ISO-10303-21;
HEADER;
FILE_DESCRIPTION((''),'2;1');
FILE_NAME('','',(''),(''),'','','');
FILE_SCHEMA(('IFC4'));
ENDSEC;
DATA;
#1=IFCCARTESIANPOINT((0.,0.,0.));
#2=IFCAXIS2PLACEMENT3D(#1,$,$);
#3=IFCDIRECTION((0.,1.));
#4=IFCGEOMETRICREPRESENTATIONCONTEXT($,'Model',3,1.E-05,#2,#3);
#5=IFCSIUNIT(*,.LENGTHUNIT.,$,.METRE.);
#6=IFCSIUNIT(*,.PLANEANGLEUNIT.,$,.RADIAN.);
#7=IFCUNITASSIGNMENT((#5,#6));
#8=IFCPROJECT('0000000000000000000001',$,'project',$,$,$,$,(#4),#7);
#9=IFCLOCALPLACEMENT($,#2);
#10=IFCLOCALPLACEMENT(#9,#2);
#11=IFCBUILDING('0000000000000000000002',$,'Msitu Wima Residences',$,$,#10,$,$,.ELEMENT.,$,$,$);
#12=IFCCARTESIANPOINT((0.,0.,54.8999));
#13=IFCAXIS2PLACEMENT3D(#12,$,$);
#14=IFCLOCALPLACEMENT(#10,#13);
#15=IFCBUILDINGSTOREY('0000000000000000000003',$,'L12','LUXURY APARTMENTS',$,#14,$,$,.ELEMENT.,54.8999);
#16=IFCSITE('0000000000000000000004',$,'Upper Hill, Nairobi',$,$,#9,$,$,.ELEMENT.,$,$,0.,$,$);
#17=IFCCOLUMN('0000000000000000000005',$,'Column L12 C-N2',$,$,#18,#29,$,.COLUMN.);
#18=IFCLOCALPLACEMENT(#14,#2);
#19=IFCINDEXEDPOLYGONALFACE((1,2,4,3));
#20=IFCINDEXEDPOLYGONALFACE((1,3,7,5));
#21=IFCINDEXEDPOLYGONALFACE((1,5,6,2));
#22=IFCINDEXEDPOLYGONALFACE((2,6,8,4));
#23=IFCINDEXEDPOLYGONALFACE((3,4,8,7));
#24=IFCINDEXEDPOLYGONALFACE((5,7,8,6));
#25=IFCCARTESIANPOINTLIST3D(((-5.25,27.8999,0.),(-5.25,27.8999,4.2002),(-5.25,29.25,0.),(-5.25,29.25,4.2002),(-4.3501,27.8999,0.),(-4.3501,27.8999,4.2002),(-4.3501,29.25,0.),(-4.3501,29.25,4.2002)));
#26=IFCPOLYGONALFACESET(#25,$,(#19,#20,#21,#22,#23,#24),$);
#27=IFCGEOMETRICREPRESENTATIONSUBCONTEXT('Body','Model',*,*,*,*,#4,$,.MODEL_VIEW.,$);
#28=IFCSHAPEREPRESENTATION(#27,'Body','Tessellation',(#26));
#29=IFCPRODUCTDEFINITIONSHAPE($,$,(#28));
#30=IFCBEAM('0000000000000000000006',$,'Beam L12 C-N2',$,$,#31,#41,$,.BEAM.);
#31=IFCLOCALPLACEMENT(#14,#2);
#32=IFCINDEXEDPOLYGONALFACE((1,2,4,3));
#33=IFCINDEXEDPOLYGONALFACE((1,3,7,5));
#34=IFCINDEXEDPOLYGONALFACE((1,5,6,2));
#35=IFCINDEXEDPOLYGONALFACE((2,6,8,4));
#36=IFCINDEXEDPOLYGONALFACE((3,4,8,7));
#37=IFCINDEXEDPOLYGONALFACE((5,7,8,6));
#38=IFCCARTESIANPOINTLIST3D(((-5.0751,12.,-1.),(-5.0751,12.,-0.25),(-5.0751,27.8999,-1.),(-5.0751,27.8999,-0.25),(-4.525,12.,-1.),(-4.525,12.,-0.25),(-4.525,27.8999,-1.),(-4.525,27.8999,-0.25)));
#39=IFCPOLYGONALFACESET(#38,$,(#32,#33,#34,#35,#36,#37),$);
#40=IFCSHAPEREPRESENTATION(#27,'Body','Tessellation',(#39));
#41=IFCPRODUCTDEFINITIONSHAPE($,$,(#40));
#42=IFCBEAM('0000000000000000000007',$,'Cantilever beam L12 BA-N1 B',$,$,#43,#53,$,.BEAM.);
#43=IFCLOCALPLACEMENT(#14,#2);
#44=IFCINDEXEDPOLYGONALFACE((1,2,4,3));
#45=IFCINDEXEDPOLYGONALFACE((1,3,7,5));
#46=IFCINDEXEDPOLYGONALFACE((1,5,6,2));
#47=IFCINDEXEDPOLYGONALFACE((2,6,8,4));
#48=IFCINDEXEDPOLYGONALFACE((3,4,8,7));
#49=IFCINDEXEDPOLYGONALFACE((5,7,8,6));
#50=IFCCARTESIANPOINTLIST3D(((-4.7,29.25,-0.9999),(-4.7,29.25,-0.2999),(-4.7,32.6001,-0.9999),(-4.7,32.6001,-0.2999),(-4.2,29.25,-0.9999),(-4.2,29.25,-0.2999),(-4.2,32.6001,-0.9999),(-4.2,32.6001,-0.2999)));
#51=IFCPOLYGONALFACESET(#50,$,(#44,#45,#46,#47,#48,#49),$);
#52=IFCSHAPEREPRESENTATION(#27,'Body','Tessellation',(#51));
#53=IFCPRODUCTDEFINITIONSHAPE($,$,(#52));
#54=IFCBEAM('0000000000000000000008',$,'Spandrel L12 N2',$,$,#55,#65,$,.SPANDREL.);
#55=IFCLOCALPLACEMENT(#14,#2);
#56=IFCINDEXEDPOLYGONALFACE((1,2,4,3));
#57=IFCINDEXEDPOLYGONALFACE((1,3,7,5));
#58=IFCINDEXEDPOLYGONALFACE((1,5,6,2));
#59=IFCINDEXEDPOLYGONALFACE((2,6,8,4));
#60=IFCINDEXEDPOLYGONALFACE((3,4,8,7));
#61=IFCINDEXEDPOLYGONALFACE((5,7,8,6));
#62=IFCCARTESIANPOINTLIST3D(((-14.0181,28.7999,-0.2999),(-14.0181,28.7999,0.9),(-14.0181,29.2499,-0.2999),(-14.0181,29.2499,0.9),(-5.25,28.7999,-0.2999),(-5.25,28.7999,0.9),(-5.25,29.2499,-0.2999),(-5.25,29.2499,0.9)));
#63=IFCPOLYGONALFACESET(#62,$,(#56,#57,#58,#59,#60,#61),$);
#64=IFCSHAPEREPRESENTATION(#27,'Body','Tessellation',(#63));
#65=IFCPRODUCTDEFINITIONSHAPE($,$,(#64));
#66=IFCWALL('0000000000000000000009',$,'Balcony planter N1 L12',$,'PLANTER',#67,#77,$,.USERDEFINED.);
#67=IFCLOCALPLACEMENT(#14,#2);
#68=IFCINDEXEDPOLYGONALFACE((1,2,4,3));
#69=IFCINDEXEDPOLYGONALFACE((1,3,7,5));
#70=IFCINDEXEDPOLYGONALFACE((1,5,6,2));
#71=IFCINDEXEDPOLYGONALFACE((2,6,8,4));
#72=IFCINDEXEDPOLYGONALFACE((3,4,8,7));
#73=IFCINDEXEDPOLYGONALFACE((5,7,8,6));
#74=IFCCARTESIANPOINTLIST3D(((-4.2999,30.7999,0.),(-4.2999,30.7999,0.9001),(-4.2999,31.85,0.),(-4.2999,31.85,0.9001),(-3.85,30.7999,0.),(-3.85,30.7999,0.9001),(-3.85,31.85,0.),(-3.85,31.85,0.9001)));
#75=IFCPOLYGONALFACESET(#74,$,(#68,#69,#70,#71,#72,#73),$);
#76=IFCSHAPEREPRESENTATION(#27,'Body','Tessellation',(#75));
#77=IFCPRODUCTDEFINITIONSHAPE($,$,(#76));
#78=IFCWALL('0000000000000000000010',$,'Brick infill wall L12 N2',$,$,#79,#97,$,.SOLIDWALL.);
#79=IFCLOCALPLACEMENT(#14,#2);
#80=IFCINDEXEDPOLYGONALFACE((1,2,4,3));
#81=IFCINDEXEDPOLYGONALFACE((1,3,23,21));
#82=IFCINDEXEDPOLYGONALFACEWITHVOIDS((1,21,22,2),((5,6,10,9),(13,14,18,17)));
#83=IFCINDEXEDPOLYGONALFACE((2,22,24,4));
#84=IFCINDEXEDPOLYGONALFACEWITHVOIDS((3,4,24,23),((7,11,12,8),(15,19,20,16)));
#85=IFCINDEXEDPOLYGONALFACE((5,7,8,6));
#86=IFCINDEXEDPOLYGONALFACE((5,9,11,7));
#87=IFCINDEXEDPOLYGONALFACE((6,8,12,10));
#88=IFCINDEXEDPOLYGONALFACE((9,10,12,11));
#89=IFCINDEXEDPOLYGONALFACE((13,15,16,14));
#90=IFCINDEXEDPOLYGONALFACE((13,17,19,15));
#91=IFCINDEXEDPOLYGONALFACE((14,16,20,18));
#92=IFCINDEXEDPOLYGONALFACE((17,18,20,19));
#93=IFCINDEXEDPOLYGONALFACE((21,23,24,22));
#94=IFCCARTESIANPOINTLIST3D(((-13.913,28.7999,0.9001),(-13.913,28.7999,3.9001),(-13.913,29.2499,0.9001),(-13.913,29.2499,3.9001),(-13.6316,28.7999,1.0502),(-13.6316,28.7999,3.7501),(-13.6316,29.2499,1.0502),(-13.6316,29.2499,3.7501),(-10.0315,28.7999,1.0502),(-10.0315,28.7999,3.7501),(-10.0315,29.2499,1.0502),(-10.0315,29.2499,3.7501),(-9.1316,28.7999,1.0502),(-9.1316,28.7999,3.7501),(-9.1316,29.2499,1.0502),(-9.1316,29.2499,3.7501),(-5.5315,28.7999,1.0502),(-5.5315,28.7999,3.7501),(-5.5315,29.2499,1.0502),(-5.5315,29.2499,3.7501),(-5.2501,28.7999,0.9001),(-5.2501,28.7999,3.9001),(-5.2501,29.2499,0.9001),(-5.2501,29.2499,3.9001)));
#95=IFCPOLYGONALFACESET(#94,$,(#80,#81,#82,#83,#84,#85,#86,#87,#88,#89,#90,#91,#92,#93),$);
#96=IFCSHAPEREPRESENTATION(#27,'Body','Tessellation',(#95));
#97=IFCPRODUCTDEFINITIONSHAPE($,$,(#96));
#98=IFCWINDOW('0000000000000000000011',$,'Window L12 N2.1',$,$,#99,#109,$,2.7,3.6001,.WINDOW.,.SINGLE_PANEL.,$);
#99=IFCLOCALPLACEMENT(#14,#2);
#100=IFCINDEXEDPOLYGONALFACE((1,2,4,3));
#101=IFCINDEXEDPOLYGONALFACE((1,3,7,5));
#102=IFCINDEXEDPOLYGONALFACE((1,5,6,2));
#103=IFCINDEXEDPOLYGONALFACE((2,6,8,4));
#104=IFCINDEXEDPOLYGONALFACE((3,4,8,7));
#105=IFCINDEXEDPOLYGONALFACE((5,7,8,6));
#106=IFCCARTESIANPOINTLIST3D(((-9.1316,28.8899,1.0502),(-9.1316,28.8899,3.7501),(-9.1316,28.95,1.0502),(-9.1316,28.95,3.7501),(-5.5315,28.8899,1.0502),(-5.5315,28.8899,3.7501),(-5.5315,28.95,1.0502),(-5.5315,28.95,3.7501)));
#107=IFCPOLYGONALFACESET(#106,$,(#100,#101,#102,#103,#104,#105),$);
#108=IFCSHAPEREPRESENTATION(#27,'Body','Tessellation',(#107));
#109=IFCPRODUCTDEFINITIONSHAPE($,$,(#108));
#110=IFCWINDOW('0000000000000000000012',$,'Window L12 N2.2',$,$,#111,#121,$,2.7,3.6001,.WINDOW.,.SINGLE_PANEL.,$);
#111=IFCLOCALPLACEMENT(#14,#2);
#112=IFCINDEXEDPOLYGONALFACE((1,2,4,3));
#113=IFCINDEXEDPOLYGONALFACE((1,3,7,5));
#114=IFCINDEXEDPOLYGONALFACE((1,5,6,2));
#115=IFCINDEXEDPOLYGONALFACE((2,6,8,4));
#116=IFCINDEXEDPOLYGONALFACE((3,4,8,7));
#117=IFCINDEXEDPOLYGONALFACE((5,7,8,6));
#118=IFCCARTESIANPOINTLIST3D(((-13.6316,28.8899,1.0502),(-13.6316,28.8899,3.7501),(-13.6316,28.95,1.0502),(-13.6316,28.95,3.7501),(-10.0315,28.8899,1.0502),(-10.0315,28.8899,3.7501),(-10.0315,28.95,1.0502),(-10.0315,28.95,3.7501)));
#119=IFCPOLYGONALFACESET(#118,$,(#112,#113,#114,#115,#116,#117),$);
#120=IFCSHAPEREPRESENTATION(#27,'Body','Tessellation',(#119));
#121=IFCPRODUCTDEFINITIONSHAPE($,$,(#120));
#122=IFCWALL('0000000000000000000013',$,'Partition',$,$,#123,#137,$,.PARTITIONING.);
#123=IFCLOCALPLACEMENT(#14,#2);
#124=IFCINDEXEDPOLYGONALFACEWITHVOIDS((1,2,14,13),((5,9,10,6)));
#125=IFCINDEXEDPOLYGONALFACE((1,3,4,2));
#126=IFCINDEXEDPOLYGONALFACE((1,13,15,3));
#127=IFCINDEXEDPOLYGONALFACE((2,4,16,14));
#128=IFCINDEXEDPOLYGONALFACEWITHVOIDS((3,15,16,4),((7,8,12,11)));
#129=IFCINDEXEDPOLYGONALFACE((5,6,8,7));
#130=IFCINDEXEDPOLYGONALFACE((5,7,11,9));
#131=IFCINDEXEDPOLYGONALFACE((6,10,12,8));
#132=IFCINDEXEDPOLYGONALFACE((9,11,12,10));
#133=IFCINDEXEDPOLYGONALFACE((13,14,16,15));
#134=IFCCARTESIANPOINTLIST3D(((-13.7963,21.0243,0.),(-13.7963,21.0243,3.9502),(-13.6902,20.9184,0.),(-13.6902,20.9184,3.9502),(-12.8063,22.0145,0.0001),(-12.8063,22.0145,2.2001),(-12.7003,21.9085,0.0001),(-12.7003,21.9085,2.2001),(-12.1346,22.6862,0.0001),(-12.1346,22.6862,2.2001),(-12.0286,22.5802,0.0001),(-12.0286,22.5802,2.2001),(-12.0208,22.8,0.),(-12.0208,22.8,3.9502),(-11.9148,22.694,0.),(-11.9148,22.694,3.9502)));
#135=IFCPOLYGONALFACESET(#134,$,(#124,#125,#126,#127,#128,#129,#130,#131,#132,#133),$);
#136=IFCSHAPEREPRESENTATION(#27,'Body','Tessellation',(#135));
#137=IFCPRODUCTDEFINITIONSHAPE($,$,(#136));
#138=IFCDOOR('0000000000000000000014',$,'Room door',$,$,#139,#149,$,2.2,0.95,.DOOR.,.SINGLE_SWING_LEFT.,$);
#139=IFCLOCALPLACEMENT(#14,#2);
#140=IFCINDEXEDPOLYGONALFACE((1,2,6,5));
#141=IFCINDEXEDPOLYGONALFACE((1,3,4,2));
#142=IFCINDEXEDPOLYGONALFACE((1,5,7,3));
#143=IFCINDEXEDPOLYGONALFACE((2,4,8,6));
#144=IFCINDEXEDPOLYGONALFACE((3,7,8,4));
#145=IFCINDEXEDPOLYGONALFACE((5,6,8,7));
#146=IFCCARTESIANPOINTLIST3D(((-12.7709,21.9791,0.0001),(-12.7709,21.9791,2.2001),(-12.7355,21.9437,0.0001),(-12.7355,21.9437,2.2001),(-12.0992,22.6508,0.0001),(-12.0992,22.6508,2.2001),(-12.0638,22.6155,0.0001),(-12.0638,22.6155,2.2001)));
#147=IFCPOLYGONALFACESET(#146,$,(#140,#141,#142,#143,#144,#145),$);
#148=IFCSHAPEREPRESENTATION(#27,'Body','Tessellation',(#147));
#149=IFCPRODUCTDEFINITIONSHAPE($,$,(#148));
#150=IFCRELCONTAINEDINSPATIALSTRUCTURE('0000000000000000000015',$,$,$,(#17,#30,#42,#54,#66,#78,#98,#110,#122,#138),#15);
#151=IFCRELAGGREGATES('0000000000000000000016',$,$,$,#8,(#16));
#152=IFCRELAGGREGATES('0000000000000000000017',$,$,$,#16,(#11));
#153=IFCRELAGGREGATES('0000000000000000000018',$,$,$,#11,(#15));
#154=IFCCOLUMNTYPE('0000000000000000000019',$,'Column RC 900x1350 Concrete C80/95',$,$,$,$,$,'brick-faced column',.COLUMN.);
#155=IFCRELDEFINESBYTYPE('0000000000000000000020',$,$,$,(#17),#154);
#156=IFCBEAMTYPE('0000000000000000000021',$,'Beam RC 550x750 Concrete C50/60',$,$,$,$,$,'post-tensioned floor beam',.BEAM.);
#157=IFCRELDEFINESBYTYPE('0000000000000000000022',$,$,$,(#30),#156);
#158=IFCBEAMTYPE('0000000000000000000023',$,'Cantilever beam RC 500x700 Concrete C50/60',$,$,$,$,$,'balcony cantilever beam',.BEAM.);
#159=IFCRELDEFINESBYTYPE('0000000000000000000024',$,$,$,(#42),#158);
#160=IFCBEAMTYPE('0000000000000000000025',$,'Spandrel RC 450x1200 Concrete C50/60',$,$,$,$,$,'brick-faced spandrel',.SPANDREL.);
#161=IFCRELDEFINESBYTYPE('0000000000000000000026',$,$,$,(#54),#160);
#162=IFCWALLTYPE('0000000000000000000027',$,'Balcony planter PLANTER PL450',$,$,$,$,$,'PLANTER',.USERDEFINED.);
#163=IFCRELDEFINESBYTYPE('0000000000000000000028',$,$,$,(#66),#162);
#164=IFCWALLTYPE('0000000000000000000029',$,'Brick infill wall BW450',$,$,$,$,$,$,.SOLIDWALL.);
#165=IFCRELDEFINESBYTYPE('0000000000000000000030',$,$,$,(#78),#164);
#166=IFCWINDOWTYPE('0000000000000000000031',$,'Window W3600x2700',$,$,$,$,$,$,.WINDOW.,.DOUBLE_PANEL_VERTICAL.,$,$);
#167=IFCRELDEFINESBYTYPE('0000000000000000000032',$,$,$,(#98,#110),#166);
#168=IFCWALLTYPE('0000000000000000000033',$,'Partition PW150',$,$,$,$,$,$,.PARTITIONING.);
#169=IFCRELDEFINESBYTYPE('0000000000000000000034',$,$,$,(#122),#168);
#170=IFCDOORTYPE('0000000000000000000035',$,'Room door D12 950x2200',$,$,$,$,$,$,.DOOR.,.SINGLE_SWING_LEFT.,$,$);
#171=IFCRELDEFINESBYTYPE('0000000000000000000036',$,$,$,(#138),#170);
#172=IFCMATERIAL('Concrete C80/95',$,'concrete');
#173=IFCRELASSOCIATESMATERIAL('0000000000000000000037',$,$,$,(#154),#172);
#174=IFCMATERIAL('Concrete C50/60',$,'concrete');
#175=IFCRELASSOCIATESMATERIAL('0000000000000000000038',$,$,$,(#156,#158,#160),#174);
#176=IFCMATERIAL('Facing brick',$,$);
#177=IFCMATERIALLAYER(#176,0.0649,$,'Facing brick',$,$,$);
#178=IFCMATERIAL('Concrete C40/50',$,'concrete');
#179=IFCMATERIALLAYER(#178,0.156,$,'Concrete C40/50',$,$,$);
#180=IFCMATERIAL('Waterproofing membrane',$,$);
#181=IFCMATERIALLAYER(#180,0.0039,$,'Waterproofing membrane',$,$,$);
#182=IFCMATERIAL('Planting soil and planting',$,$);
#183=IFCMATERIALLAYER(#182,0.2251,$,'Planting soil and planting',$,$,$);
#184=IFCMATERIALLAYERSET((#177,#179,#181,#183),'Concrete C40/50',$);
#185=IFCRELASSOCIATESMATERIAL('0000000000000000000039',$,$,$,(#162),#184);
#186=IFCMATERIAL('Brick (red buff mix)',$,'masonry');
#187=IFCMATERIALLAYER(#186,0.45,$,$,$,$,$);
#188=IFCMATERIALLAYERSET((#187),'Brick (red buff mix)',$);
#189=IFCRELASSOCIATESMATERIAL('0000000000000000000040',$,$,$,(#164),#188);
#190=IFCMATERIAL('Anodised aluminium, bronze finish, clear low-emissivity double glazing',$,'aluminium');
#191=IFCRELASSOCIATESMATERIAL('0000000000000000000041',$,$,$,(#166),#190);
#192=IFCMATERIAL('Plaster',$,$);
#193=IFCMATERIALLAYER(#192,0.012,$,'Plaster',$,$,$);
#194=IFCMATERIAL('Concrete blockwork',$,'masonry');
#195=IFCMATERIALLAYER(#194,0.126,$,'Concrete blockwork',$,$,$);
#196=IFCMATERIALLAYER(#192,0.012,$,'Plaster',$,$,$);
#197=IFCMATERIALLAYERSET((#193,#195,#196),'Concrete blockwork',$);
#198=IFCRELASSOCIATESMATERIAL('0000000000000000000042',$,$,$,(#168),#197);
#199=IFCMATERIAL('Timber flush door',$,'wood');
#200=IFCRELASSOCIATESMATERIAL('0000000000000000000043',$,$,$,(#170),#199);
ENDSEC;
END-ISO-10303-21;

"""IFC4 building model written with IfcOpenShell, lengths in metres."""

from ifc_helpers import new_model, si_unit, direction, frame, frame_2d, origin, origin_2d, place, context, subcontext, project, spatial, rectangle, extrude, material, layer, layer_set, material_profile, profile_set, type_object, element, fill, save


model = new_model("IFC4")

# Units and contexts
model_context = context("Model", 3, precision=1e-05, world=origin(), true_north=direction((0.0, 1.0)))
body_context = subcontext(model_context, "Body", "Model", "MODEL_VIEW")
ifc_project = project(units=[si_unit("LENGTHUNIT", "METRE"), si_unit("PLANEANGLEUNIT", "RADIAN")], contexts=[model_context])

# Site, building, storey
site_placement = place(None, origin())
site = spatial("IfcSite", under=ifc_project, at=site_placement, Name="Upper Hill, Nairobi", CompositionType="ELEMENT", RefElevation=0.0)
building_placement = place(site_placement, origin())
building = spatial("IfcBuilding", under=site, at=building_placement, Name="Msitu Wima Residences", CompositionType="ELEMENT")
storey_placement = place(building_placement, frame((0.0, 0.0, 54.8999)))
storey = spatial("IfcBuildingStorey", under=building, at=storey_placement, Name="L12", Description="LUXURY APARTMENTS", CompositionType="ELEMENT", Elevation=54.8999)

# Column
ifc_material_1 = material(Name="Concrete C80/95", Category="concrete")
ifc_material_profile_1 = material_profile(ifc_material_1, rectangle(XDim=0.8999, YDim=1.3501, at=origin_2d()), Name="RC 900x1350")
ifc_profile_set_1 = profile_set([ifc_material_profile_1], Name="Concrete C80/95")
column_type = type_object("IfcColumnType", Name="Column RC 900x1350 Concrete C80/95", ElementType="brick-faced column", PredefinedType="COLUMN", material=ifc_profile_set_1)
column_placement = place(storey_placement, frame((-4.8, 28.575, 0.0), z_axis=(0.0, 0.0, 1.0), x_axis=(-1.0, 0.0, 0.0)))
element("IfcColumn", 1, at=column_placement, inside=storey, type_object=column_type, Name="Column L12 C-N2", PredefinedType="COLUMN", context=body_context, shape_type="SweptSolid", body=[
    extrude(rectangle(XDim=0.8999, YDim=1.3501, at=origin_2d()), origin(), (0.0, 0.0, 1.0), 4.2002),
])

# Beams
ifc_material_2 = material(Name="Concrete C50/60", Category="concrete")
ifc_material_profile_2 = material_profile(ifc_material_2, rectangle(XDim=0.55, YDim=0.75, at=origin_2d()), Name="RC 550x750")
ifc_profile_set_2 = profile_set([ifc_material_profile_2], Name="Concrete C50/60")
beam_type_1 = type_object("IfcBeamType", Name="Beam RC 550x750 Concrete C50/60", ElementType="post-tensioned floor beam", PredefinedType="BEAM", material=ifc_profile_set_2)
beam_1_placement = place(storey_placement, frame((-4.8, 27.8999, -0.625), z_axis=(0.0, -1.0, 0.0), x_axis=(1.0, 0.0, 0.0)))
element("IfcBeam", 2, at=beam_1_placement, inside=storey, type_object=beam_type_1, Name="Beam L12 C-N2", PredefinedType="BEAM", context=body_context, shape_type="SweptSolid", body=[
    extrude(rectangle(XDim=0.55, YDim=0.75, at=origin_2d()), origin(), (0.0, 0.0, 1.0), 15.8999),
])
ifc_material_profile_3 = material_profile(ifc_material_2, rectangle(XDim=0.5, YDim=0.7, at=origin_2d()), Name="RC 500x700")
ifc_profile_set_3 = profile_set([ifc_material_profile_3], Name="Concrete C50/60")
beam_type_2 = type_object("IfcBeamType", Name="Cantilever beam RC 500x700 Concrete C50/60", ElementType="balcony cantilever beam", PredefinedType="BEAM", material=ifc_profile_set_3)
beam_2_placement = place(storey_placement, frame((-4.45, 29.25, -0.6499), z_axis=(0.0, 1.0, 0.0), x_axis=(-1.0, 0.0, 0.0)))
element("IfcBeam", 3, at=beam_2_placement, inside=storey, type_object=beam_type_2, Name="Cantilever beam L12 BA-N1 B", PredefinedType="BEAM", context=body_context, shape_type="SweptSolid", body=[
    extrude(rectangle(XDim=0.5, YDim=0.7, at=origin_2d()), origin(), (0.0, 0.0, 1.0), 3.3501),
])
ifc_material_profile_4 = material_profile(ifc_material_2, rectangle(XDim=0.45, YDim=1.2, at=origin_2d()), Name="RC 450x1200")
ifc_profile_set_4 = profile_set([ifc_material_profile_4], Name="Concrete C50/60")
beam_type_3 = type_object("IfcBeamType", Name="Spandrel RC 450x1200 Concrete C50/60", ElementType="brick-faced spandrel", PredefinedType="SPANDREL", material=ifc_profile_set_4)
beam_3_placement = place(storey_placement, frame((-5.25, 29.0249, 0.3), z_axis=(-1.0, 0.0, 0.0), x_axis=(0.0, -1.0, 0.0)))
element("IfcBeam", 4, at=beam_3_placement, inside=storey, type_object=beam_type_3, Name="Spandrel L12 N2", PredefinedType="SPANDREL", context=body_context, shape_type="SweptSolid", body=[
    extrude(rectangle(XDim=0.45, YDim=1.2, at=origin_2d()), origin(), (0.0, 0.0, 1.0), 8.7681),
])

# Wall
ifc_material_3 = material(Name="Facing brick")
ifc_layer_1 = layer(ifc_material_3, 0.0649, Name="Facing brick")
ifc_material_4 = material(Name="Concrete C40/50", Category="concrete")
ifc_layer_2 = layer(ifc_material_4, 0.156, Name="Concrete C40/50")
ifc_material_5 = material(Name="Waterproofing membrane")
ifc_layer_3 = layer(ifc_material_5, 0.0039, Name="Waterproofing membrane")
ifc_material_6 = material(Name="Planting soil and planting")
ifc_layer_4 = layer(ifc_material_6, 0.2251, Name="Planting soil and planting")
ifc_layer_set_1 = layer_set([ifc_layer_1, ifc_layer_2, ifc_layer_3, ifc_layer_4], Name="Concrete C40/50")
wall_type_1 = type_object("IfcWallType", Name="Balcony planter PLANTER PL450", ElementType="PLANTER", PredefinedType="USERDEFINED", material=ifc_layer_set_1)
wall_1_placement = place(storey_placement, frame((-4.075, 30.8, 0.0), z_axis=(0.0, 0.0, 1.0), x_axis=(0.0, 1.0, 0.0)))
element("IfcWall", 5, at=wall_1_placement, inside=storey, type_object=wall_type_1, Name="Balcony planter N1 L12", ObjectType="PLANTER", PredefinedType="USERDEFINED", context=body_context, shape_type="SweptSolid", body=[
    extrude(rectangle(XDim=1.05, YDim=0.45, at=frame_2d((0.5249, 0.0))), origin(), (0.0, 0.0, 1.0), 0.9001),
])

# Wall, openings, windows
ifc_material_7 = material(Name="Brick (red buff mix)", Category="masonry")
ifc_layer_5 = layer(ifc_material_7, 0.45)
ifc_layer_set_2 = layer_set([ifc_layer_5], Name="Brick (red buff mix)")
wall_type_2 = type_object("IfcWallType", Name="Brick infill wall BW450", PredefinedType="SOLIDWALL", material=ifc_layer_set_2)
wall_2_placement = place(storey_placement, frame((-5.25, 29.0249, 0.9001), z_axis=(0.0, 0.0, 1.0), x_axis=(-1.0, 0.0, 0.0)))
wall_2 = element("IfcWall", 6, at=wall_2_placement, inside=storey, type_object=wall_type_2, Name="Brick infill wall L12 N2", PredefinedType="SOLIDWALL", context=body_context, shape_type="SweptSolid", body=[
    extrude(rectangle(XDim=8.6628, YDim=0.45, at=frame_2d((4.3315, 0.0))), origin(), (0.0, 0.0, 1.0), 3.0),
])
opening_1_placement = place(wall_2_placement, frame((0.2815, 0.0, 0.1499)))
opening_1 = element("IfcOpeningElement", 7, at=opening_1_placement, cuts=wall_2, PredefinedType="OPENING", context=body_context, shape_type="SweptSolid", body=[
    extrude(rectangle(XDim=3.6001, YDim=2.7, at=frame_2d((1.8, 1.3501))), frame((0.0, 0.2349, 0.0), z_axis=(0.0, -1.0, 0.0), x_axis=(1.0, 0.0, 0.0)), (0.0, 0.0, 1.0), 0.47),
])
opening_2_placement = place(wall_2_placement, frame((4.7815, 0.0, 0.1499)))
opening_2 = element("IfcOpeningElement", 8, at=opening_2_placement, cuts=wall_2, PredefinedType="OPENING", context=body_context, shape_type="SweptSolid", body=[
    extrude(rectangle(XDim=3.6001, YDim=2.7, at=frame_2d((1.8, 1.3501))), frame((0.0, 0.2349, 0.0), z_axis=(0.0, -1.0, 0.0), x_axis=(1.0, 0.0, 0.0)), (0.0, 0.0, 1.0), 0.47),
])
ifc_material_8 = material(Name="Anodised aluminium, bronze finish, clear low-emissivity double glazing", Category="aluminium")
window_type = type_object("IfcWindowType", Name="Window W3600x2700", PartitioningType="DOUBLE_PANEL_VERTICAL", PredefinedType="WINDOW", material=ifc_material_8)
window_1_placement = place(opening_1_placement, origin())
window_1 = element("IfcWindow", 9, at=window_1_placement, inside=storey, type_object=window_type, Name="Window L12 N2.1", OverallHeight=2.7, OverallWidth=3.6001, PartitioningType="SINGLE_PANEL", PredefinedType="WINDOW", context=body_context, shape_type="SweptSolid", body=[
    extrude(rectangle(XDim=3.6001, YDim=2.7, at=frame_2d((1.8, 1.3501))), frame((0.0, 0.135, 0.0), z_axis=(0.0, -1.0, 0.0), x_axis=(1.0, 0.0, 0.0)), (0.0, 0.0, 1.0), 0.0601),
])
fill(opening_1, window_1)
window_2_placement = place(opening_2_placement, origin())
window_2 = element("IfcWindow", 10, at=window_2_placement, inside=storey, type_object=window_type, Name="Window L12 N2.2", OverallHeight=2.7, OverallWidth=3.6001, PartitioningType="SINGLE_PANEL", PredefinedType="WINDOW", context=body_context, shape_type="SweptSolid", body=[
    extrude(rectangle(XDim=3.6001, YDim=2.7, at=frame_2d((1.8, 1.3501))), frame((0.0, 0.135, 0.0), z_axis=(0.0, -1.0, 0.0), x_axis=(1.0, 0.0, 0.0)), (0.0, 0.0, 1.0), 0.0601),
])
fill(opening_2, window_2)

# Wall, opening, door
ifc_material_9 = material(Name="Plaster")
ifc_layer_6 = layer(ifc_material_9, 0.012, Name="Plaster")
ifc_material_10 = material(Name="Concrete blockwork", Category="masonry")
ifc_layer_7 = layer(ifc_material_10, 0.126, Name="Concrete blockwork")
ifc_layer_8 = layer(ifc_material_9, 0.012, Name="Plaster")
ifc_layer_set_3 = layer_set([ifc_layer_6, ifc_layer_7, ifc_layer_8], Name="Concrete blockwork")
wall_type_3 = type_object("IfcWallType", Name="Partition PW150", PredefinedType="PARTITIONING", material=ifc_layer_set_3)
wall_3_placement = place(storey_placement, frame((-13.7432, 20.9714, 0.0), z_axis=(0.0, 0.0, 1.0), x_axis=(0.707058, 0.707155, 0.0)))
wall_3 = element("IfcWall", 11, at=wall_3_placement, inside=storey, type_object=wall_type_3, Name="Partition", PredefinedType="PARTITIONING", context=body_context, shape_type="SweptSolid", body=[
    extrude(rectangle(XDim=2.511, YDim=0.1499, at=frame_2d((1.2554, 0.0))), origin(), (0.0, 0.0, 1.0), 3.9502),
])
opening_3_placement = place(wall_3_placement, frame((1.3999, 0.0, 0.0)))
opening_3 = element("IfcOpeningElement", 12, at=opening_3_placement, cuts=wall_3, PredefinedType="OPENING", context=body_context, shape_type="SweptSolid", body=[
    extrude(rectangle(XDim=0.95, YDim=2.2, at=frame_2d((0.4751, 1.1001))), frame((0.0, 0.085, 0.0), z_axis=(0.0, -1.0, 0.0), x_axis=(1.0, 0.0, 0.0)), (0.0, 0.0, 1.0), 0.1699),
])
ifc_material_11 = material(Name="Timber flush door", Category="wood")
door_type_1 = type_object("IfcDoorType", Name="Room door D12 950x2200", OperationType="SINGLE_SWING_LEFT", PredefinedType="DOOR", material=ifc_material_11)
door_1_placement = place(opening_3_placement, origin())
door_1 = element("IfcDoor", 13, at=door_1_placement, inside=storey, type_object=door_type_1, Name="Room door", OperationType="SINGLE_SWING_LEFT", OverallHeight=2.2, OverallWidth=0.95, PredefinedType="DOOR", context=body_context, shape_type="SweptSolid", body=[
    extrude(rectangle(XDim=0.95, YDim=2.2, at=frame_2d((0.4751, 1.1001))), frame((0.0, 0.0249, 0.0), z_axis=(0.0, -1.0, 0.0), x_axis=(1.0, 0.0, 0.0)), (0.0, 0.0, 1.0), 0.05),
])
fill(opening_3, door_1)

save(model, "model.ifc")
